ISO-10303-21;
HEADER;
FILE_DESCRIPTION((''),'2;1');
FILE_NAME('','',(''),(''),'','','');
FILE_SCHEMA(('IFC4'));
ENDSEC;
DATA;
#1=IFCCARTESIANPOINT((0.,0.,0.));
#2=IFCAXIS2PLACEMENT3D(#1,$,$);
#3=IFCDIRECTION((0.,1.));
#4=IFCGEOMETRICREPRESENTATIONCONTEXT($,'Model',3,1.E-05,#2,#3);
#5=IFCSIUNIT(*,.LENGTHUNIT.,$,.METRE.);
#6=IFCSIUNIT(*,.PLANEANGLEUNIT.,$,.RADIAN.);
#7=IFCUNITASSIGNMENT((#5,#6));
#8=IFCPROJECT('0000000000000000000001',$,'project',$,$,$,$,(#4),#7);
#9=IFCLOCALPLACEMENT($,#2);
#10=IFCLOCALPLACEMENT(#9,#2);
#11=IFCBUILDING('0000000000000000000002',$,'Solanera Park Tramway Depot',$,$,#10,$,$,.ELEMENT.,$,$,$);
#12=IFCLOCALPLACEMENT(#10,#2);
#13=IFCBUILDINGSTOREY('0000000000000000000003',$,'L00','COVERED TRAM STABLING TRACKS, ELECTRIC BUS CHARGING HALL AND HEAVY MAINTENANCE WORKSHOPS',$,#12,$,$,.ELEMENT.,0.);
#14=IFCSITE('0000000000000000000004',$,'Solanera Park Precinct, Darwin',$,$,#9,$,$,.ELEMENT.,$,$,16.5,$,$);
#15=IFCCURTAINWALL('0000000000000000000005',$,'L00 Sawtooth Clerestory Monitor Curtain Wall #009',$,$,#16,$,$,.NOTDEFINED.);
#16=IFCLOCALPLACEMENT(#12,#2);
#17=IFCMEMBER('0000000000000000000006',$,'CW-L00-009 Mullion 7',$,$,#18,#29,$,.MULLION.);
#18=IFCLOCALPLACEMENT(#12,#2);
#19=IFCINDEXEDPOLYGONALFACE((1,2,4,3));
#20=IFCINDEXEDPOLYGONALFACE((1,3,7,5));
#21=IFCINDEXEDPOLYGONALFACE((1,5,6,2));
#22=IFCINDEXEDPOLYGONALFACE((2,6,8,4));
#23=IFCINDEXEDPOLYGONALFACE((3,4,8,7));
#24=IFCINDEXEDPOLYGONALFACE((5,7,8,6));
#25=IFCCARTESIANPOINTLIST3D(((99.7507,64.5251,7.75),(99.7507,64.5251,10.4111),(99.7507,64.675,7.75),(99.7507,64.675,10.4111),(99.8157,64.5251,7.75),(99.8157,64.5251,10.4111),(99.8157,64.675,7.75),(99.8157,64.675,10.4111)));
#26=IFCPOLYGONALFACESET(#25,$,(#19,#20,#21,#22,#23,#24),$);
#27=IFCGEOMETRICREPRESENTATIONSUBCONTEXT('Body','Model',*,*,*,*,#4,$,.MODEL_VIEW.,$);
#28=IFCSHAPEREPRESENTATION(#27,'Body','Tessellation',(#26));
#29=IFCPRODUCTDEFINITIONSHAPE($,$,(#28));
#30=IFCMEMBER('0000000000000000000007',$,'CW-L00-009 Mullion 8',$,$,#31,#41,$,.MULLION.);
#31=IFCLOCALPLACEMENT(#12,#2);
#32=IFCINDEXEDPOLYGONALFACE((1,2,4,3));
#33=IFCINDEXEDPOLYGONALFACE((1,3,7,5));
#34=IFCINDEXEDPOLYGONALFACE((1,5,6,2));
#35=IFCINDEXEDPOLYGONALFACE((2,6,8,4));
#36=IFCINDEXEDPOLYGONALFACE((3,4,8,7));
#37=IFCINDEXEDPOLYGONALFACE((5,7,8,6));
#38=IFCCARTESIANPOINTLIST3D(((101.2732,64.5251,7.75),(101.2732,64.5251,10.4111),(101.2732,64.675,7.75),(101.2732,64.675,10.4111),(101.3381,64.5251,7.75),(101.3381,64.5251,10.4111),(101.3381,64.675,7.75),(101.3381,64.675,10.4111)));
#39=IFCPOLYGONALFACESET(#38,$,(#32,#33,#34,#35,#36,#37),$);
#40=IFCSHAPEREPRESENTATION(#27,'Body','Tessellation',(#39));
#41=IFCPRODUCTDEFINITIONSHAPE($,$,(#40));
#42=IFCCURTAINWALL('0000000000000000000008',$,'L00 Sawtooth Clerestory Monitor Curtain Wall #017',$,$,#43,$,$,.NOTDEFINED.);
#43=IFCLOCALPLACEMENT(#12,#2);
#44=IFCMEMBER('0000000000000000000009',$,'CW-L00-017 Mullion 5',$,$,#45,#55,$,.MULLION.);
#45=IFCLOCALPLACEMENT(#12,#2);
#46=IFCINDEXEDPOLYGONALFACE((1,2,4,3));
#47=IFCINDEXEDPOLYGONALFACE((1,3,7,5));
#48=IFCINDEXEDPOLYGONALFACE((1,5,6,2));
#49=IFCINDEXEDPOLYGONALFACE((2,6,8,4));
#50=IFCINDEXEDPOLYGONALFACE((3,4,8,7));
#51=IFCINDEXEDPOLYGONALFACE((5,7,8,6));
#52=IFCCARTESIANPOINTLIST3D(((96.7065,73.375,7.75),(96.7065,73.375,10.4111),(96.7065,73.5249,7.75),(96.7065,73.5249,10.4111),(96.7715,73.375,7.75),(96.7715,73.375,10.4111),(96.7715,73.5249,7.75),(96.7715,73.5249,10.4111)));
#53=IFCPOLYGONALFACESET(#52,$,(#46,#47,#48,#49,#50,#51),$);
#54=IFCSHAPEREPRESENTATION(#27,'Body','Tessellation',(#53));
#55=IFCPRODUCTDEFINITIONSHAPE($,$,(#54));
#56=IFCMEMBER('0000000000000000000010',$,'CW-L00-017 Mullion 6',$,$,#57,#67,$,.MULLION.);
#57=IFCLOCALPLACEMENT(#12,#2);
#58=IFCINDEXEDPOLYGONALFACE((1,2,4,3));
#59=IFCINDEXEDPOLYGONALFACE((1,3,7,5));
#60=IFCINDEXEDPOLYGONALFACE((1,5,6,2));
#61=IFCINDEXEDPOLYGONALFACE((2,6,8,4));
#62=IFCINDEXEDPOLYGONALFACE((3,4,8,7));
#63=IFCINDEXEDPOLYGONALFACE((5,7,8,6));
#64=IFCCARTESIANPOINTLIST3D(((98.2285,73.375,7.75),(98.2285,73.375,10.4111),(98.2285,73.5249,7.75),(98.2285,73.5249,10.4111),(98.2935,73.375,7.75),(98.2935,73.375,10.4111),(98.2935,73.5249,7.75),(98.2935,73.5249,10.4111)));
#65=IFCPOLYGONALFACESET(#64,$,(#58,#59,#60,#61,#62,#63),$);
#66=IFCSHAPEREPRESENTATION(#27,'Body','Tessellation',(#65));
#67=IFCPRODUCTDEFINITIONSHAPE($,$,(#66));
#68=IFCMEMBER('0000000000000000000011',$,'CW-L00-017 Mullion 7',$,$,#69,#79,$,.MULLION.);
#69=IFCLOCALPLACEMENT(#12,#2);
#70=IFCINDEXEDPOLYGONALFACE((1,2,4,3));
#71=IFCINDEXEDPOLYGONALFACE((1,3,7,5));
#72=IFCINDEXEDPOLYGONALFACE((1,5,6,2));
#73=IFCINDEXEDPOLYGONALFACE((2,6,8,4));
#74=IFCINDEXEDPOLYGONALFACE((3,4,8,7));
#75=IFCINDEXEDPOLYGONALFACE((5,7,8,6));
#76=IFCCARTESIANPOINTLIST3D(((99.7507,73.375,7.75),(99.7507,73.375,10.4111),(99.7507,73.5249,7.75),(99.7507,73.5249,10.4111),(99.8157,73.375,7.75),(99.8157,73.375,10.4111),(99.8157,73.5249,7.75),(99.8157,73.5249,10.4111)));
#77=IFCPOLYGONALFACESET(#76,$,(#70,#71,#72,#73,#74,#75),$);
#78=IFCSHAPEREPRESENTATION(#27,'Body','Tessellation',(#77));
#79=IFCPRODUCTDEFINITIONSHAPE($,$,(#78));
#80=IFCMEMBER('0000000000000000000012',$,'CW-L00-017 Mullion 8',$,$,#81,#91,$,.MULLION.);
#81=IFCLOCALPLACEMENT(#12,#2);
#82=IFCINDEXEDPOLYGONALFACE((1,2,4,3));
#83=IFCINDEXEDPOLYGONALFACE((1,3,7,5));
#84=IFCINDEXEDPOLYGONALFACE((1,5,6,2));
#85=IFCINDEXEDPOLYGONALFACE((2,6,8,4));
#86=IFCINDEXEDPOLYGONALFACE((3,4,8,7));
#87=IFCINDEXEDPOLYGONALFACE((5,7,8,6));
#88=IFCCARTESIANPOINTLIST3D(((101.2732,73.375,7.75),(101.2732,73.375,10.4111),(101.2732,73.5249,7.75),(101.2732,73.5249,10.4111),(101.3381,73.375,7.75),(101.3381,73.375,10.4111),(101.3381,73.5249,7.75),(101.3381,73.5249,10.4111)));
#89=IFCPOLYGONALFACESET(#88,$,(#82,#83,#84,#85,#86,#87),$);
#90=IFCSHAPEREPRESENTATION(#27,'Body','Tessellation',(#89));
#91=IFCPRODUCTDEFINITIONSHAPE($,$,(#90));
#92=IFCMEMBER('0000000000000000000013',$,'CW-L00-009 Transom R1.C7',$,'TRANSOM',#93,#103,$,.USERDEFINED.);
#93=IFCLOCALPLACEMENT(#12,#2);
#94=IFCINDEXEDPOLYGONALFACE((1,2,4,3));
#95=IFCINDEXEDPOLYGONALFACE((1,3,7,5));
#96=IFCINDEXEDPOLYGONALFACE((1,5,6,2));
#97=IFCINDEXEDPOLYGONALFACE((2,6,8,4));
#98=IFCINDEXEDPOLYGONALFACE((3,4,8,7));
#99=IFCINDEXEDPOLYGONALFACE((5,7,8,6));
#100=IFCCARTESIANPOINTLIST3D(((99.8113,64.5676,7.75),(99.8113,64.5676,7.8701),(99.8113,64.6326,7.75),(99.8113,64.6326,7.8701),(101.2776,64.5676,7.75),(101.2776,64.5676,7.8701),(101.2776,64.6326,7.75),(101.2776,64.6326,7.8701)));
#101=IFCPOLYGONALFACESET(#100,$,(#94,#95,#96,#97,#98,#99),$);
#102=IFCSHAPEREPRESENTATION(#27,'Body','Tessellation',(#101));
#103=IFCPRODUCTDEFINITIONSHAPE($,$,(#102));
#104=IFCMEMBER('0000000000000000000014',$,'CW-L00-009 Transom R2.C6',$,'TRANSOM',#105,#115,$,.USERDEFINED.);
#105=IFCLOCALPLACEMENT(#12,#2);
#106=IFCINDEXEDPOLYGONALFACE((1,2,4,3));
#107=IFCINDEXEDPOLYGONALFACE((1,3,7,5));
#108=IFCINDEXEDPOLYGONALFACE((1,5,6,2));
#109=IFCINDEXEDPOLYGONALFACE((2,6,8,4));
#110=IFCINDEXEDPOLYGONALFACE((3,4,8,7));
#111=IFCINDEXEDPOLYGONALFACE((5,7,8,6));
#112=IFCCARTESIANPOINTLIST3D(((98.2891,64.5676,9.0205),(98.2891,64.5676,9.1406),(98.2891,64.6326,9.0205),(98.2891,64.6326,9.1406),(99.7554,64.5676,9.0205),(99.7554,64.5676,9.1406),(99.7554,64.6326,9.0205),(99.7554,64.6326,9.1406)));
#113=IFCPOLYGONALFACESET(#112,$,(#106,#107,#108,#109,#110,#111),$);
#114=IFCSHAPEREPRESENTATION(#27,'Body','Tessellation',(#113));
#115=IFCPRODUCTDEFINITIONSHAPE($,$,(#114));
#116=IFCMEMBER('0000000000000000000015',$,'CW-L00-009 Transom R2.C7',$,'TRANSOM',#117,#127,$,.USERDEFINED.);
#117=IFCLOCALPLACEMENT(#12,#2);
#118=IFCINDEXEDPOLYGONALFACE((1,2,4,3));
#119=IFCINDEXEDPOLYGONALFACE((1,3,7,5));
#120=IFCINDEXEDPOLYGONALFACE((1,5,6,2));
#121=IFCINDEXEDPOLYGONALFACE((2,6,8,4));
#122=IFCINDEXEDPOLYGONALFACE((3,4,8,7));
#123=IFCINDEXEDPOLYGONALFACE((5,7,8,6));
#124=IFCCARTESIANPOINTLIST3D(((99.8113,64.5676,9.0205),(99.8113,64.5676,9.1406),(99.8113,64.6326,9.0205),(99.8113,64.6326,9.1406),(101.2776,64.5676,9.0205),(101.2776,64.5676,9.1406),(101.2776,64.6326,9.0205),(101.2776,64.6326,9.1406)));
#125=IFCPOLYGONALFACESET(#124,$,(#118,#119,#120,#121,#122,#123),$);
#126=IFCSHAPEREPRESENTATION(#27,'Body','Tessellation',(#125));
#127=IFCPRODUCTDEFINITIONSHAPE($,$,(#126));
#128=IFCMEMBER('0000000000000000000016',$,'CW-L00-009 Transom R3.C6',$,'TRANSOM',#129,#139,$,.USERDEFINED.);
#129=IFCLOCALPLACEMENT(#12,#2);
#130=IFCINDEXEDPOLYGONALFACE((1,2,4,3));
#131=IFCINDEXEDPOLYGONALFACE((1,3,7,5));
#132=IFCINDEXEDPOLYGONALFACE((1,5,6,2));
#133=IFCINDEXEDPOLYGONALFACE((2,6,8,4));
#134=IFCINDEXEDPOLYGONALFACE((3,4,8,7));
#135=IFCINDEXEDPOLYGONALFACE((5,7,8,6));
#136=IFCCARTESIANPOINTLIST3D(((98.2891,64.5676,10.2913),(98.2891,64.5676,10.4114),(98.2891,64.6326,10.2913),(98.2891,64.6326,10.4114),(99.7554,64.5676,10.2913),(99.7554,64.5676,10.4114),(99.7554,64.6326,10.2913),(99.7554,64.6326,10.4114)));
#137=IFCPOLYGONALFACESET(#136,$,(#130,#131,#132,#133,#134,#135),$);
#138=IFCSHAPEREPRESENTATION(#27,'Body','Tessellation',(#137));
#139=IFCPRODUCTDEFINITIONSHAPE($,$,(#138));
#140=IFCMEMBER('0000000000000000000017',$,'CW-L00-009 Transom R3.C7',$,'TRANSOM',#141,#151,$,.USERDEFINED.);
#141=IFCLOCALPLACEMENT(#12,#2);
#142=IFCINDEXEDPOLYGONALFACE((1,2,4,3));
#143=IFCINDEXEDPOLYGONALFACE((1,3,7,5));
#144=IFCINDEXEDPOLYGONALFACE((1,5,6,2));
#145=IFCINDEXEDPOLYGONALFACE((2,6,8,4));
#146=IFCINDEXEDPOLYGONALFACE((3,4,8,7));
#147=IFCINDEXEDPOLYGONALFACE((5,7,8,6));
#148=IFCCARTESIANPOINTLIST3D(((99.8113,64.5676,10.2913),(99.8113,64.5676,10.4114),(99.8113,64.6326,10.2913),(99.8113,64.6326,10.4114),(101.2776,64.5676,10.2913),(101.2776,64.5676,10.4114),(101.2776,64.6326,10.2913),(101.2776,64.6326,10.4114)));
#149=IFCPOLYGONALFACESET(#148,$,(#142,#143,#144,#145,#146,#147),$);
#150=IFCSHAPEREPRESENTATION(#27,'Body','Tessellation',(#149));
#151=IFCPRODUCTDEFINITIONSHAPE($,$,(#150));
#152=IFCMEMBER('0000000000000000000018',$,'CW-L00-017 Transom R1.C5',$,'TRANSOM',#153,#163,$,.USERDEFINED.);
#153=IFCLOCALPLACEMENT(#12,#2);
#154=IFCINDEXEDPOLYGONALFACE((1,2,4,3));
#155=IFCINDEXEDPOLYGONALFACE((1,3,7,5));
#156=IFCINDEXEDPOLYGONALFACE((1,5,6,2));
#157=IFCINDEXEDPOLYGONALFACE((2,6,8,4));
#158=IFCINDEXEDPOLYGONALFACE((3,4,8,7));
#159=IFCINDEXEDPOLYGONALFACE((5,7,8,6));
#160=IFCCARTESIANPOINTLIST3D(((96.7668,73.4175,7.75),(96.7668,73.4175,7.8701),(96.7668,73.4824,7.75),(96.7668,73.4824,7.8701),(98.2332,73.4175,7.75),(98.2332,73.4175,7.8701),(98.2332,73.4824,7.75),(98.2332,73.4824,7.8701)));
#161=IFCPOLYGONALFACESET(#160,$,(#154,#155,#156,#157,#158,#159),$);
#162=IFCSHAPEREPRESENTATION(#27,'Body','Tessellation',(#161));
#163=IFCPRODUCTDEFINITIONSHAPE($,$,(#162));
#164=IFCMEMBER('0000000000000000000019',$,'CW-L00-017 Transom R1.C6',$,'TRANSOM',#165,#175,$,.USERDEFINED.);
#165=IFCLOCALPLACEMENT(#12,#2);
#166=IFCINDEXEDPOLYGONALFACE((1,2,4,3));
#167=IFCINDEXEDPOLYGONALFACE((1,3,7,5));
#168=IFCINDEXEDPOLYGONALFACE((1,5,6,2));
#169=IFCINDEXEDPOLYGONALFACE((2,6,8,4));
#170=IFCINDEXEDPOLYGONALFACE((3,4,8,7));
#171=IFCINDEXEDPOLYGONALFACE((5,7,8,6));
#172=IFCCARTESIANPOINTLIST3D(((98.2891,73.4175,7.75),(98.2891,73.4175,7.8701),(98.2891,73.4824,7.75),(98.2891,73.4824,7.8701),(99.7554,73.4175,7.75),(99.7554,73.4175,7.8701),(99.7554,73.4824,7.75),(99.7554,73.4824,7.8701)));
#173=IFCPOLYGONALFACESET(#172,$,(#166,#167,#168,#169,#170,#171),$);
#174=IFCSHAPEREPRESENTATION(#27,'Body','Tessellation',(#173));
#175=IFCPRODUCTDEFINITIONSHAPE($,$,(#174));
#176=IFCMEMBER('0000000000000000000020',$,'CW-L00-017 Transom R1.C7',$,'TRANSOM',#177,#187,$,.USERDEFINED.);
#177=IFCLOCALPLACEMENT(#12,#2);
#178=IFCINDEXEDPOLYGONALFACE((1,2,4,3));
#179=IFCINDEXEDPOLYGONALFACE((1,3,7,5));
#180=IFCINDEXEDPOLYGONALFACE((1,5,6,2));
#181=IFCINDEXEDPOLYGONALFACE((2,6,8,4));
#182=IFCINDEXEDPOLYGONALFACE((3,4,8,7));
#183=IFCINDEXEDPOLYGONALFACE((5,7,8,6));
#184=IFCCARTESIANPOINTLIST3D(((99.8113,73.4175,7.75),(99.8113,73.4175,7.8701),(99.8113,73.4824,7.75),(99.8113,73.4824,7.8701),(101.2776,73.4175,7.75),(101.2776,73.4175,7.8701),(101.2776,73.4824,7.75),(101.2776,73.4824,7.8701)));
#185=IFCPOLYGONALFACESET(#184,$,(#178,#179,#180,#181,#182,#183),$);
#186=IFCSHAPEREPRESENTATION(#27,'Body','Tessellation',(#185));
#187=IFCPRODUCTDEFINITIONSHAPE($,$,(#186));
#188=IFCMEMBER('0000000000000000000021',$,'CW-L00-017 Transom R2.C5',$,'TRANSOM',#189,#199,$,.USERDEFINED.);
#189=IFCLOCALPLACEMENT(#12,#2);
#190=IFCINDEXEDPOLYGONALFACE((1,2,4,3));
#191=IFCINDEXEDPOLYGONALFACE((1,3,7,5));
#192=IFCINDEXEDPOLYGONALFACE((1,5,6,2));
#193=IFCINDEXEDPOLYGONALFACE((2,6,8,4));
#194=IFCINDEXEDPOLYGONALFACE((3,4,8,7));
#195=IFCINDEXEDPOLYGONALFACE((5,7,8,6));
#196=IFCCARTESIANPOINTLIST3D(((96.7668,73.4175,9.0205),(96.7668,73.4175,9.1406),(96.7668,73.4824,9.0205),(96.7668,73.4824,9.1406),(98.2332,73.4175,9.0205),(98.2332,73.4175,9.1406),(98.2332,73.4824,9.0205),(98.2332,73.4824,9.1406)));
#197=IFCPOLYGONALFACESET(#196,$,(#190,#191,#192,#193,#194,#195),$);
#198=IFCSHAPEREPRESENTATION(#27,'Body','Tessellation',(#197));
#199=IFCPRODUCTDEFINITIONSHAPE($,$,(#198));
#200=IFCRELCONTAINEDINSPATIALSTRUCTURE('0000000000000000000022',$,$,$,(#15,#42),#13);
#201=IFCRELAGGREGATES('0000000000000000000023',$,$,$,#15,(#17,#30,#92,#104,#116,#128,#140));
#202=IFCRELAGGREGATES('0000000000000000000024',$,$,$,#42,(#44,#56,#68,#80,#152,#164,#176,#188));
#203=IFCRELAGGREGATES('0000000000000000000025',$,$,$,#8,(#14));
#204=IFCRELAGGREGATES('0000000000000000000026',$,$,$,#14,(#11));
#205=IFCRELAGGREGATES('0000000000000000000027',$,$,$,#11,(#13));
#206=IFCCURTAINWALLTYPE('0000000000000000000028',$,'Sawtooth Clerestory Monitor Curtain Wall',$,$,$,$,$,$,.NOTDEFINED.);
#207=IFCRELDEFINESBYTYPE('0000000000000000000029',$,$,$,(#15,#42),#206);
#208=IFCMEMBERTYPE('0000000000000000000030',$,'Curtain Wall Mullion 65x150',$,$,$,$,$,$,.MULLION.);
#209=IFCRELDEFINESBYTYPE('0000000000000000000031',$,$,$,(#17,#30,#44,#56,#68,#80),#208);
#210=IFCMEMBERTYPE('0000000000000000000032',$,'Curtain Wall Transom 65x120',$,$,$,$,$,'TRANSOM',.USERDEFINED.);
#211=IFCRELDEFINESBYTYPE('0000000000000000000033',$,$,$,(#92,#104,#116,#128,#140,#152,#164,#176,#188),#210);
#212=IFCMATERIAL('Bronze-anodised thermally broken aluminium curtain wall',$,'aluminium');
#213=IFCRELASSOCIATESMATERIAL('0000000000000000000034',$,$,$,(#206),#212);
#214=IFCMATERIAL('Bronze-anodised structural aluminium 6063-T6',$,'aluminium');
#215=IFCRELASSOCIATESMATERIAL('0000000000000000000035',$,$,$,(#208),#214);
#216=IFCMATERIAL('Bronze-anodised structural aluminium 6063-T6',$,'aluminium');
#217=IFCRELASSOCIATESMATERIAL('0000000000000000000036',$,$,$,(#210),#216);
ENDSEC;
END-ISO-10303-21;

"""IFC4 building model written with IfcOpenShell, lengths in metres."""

from ifc_helpers import new_model, si_unit, direction, frame, origin, origin_2d, place, context, subcontext, project, spatial, rectangle, extrude, material, material_profile, profile_set, type_object, element, aggregate, save


model = new_model("IFC4")

# Units and contexts
model_context = context("Model", 3, precision=1e-05, world=origin(), true_north=direction((0.0, 1.0)))
body_context = subcontext(model_context, "Body", "Model", "MODEL_VIEW")
ifc_project = project(units=[si_unit("LENGTHUNIT", "METRE"), si_unit("PLANEANGLEUNIT", "RADIAN")], contexts=[model_context])

# Site, building, storey
site_placement = place(None, origin())
site = spatial("IfcSite", under=ifc_project, at=site_placement, Name="Solanera Park Precinct, Darwin", CompositionType="ELEMENT", RefElevation=16.5)
building_placement = place(site_placement, origin())
building = spatial("IfcBuilding", under=site, at=building_placement, Name="Solanera Park Tramway Depot", CompositionType="ELEMENT")
storey_placement = place(building_placement, origin())
storey = spatial("IfcBuildingStorey", under=building, at=storey_placement, Name="L00", Description="COVERED TRAM STABLING TRACKS, ELECTRIC BUS CHARGING HALL AND HEAVY MAINTENANCE WORKSHOPS", CompositionType="ELEMENT", Elevation=0.0)

# Curtain walls, members
ifc_material_1 = material(Name="Bronze-anodised thermally broken aluminium curtain wall", Category="aluminium")
curtain_wall_type = type_object("IfcCurtainWallType", Name="Sawtooth Clerestory Monitor Curtain Wall", PredefinedType="NOTDEFINED", material=ifc_material_1)
curtain_wall_1_placement = place(storey_placement, origin())
curtain_wall_1 = element("IfcCurtainWall", 1, at=curtain_wall_1_placement, inside=storey, type_object=curtain_wall_type, Name="L00 Sawtooth Clerestory Monitor Curtain Wall #009", PredefinedType="NOTDEFINED")
ifc_material_2 = material(Name="Bronze-anodised structural aluminium 6063-T6", Category="aluminium")
ifc_material_profile_1 = material_profile(ifc_material_2, rectangle(XDim=0.0649, YDim=0.1499, at=origin_2d()), Name="Curtain Wall Mullion 65x150")
ifc_profile_set_1 = profile_set([ifc_material_profile_1], Name="Bronze-anodised structural aluminium 6063-T6")
member_type_1 = type_object("IfcMemberType", Name="Curtain Wall Mullion 65x150", PredefinedType="MULLION", material=ifc_profile_set_1)
member_1_placement = place(storey_placement, frame((99.7832, 64.6001, 7.75), z_axis=(0.0, 0.0, 1.0), x_axis=(1.0, 0.0, 0.0)))
member_1 = element("IfcMember", 2, at=member_1_placement, type_object=member_type_1, Name="CW-L00-009 Mullion 7", PredefinedType="MULLION", context=body_context, shape_type="SweptSolid", body=[
    extrude(rectangle(XDim=0.0649, YDim=0.1499, at=origin_2d()), origin(), (0.0, 0.0, 1.0), 2.6611),
])
member_2_placement = place(storey_placement, frame((101.3057, 64.6001, 7.75), z_axis=(0.0, 0.0, 1.0), x_axis=(1.0, 0.0, 0.0)))
member_2 = element("IfcMember", 3, at=member_2_placement, type_object=member_type_1, Name="CW-L00-009 Mullion 8", PredefinedType="MULLION", context=body_context, shape_type="SweptSolid", body=[
    extrude(rectangle(XDim=0.0649, YDim=0.1499, at=origin_2d()), origin(), (0.0, 0.0, 1.0), 2.6611),
])
curtain_wall_2_placement = place(storey_placement, origin())
curtain_wall_2 = element("IfcCurtainWall", 4, at=curtain_wall_2_placement, inside=storey, type_object=curtain_wall_type, Name="L00 Sawtooth Clerestory Monitor Curtain Wall #017", PredefinedType="NOTDEFINED")
member_3_placement = place(storey_placement, frame((96.739, 73.45, 7.75), z_axis=(0.0, 0.0, 1.0), x_axis=(1.0, 0.0, 0.0)))
member_3 = element("IfcMember", 5, at=member_3_placement, type_object=member_type_1, Name="CW-L00-017 Mullion 5", PredefinedType="MULLION", context=body_context, shape_type="SweptSolid", body=[
    extrude(rectangle(XDim=0.0649, YDim=0.1499, at=origin_2d()), origin(), (0.0, 0.0, 1.0), 2.6611),
])
member_4_placement = place(storey_placement, frame((98.261, 73.45, 7.75), z_axis=(0.0, 0.0, 1.0), x_axis=(1.0, 0.0, 0.0)))
member_4 = element("IfcMember", 6, at=member_4_placement, type_object=member_type_1, Name="CW-L00-017 Mullion 6", PredefinedType="MULLION", context=body_context, shape_type="SweptSolid", body=[
    extrude(rectangle(XDim=0.0649, YDim=0.1499, at=origin_2d()), origin(), (0.0, 0.0, 1.0), 2.6611),
])
member_5_placement = place(storey_placement, frame((99.7832, 73.45, 7.75), z_axis=(0.0, 0.0, 1.0), x_axis=(1.0, 0.0, 0.0)))
member_5 = element("IfcMember", 7, at=member_5_placement, type_object=member_type_1, Name="CW-L00-017 Mullion 7", PredefinedType="MULLION", context=body_context, shape_type="SweptSolid", body=[
    extrude(rectangle(XDim=0.0649, YDim=0.1499, at=origin_2d()), origin(), (0.0, 0.0, 1.0), 2.6611),
])
member_6_placement = place(storey_placement, frame((101.3057, 73.45, 7.75), z_axis=(0.0, 0.0, 1.0), x_axis=(1.0, 0.0, 0.0)))
member_6 = element("IfcMember", 8, at=member_6_placement, type_object=member_type_1, Name="CW-L00-017 Mullion 8", PredefinedType="MULLION", context=body_context, shape_type="SweptSolid", body=[
    extrude(rectangle(XDim=0.0649, YDim=0.1499, at=origin_2d()), origin(), (0.0, 0.0, 1.0), 2.6611),
])

# Members
ifc_material_3 = material(Name="Bronze-anodised structural aluminium 6063-T6", Category="aluminium")
ifc_material_profile_2 = material_profile(ifc_material_3, rectangle(XDim=0.0649, YDim=0.1201, at=origin_2d()), Name="Curtain Wall Transom 65x120")
ifc_profile_set_2 = profile_set([ifc_material_profile_2], Name="Bronze-anodised structural aluminium 6063-T6")
member_type_2 = type_object("IfcMemberType", Name="Curtain Wall Transom 65x120", ElementType="TRANSOM", PredefinedType="USERDEFINED", material=ifc_profile_set_2)
member_7_placement = place(storey_placement, frame((99.8113, 64.6001, 7.8101), z_axis=(1.0, 0.0, 0.0), x_axis=(0.0, 1.0, 0.0)))
member_7 = element("IfcMember", 9, at=member_7_placement, type_object=member_type_2, Name="CW-L00-009 Transom R1.C7", ObjectType="TRANSOM", PredefinedType="USERDEFINED", context=body_context, shape_type="SweptSolid", body=[
    extrude(rectangle(XDim=0.0649, YDim=0.1201, at=origin_2d()), origin(), (0.0, 0.0, 1.0), 1.4663),
])
member_8_placement = place(storey_placement, frame((98.2891, 64.6001, 9.0806), z_axis=(1.0, 0.0, 0.0), x_axis=(0.0, 1.0, 0.0)))
member_8 = element("IfcMember", 10, at=member_8_placement, type_object=member_type_2, Name="CW-L00-009 Transom R2.C6", ObjectType="TRANSOM", PredefinedType="USERDEFINED", context=body_context, shape_type="SweptSolid", body=[
    extrude(rectangle(XDim=0.0649, YDim=0.1201, at=origin_2d()), origin(), (0.0, 0.0, 1.0), 1.4663),
])
member_9_placement = place(storey_placement, frame((99.8113, 64.6001, 9.0806), z_axis=(1.0, 0.0, 0.0), x_axis=(0.0, 1.0, 0.0)))
member_9 = element("IfcMember", 11, at=member_9_placement, type_object=member_type_2, Name="CW-L00-009 Transom R2.C7", ObjectType="TRANSOM", PredefinedType="USERDEFINED", context=body_context, shape_type="SweptSolid", body=[
    extrude(rectangle(XDim=0.0649, YDim=0.1201, at=origin_2d()), origin(), (0.0, 0.0, 1.0), 1.4663),
])
member_10_placement = place(storey_placement, frame((98.2891, 64.6001, 10.3513), z_axis=(1.0, 0.0, 0.0), x_axis=(0.0, 1.0, 0.0)))
member_10 = element("IfcMember", 12, at=member_10_placement, type_object=member_type_2, Name="CW-L00-009 Transom R3.C6", ObjectType="TRANSOM", PredefinedType="USERDEFINED", context=body_context, shape_type="SweptSolid", body=[
    extrude(rectangle(XDim=0.0649, YDim=0.1201, at=origin_2d()), origin(), (0.0, 0.0, 1.0), 1.4663),
])
member_11_placement = place(storey_placement, frame((99.8113, 64.6001, 10.3513), z_axis=(1.0, 0.0, 0.0), x_axis=(0.0, 1.0, 0.0)))
member_11 = element("IfcMember", 13, at=member_11_placement, type_object=member_type_2, Name="CW-L00-009 Transom R3.C7", ObjectType="TRANSOM", PredefinedType="USERDEFINED", context=body_context, shape_type="SweptSolid", body=[
    extrude(rectangle(XDim=0.0649, YDim=0.1201, at=origin_2d()), origin(), (0.0, 0.0, 1.0), 1.4663),
])
member_12_placement = place(storey_placement, frame((96.7668, 73.45, 7.8101), z_axis=(1.0, 0.0, 0.0), x_axis=(0.0, 1.0, 0.0)))
member_12 = element("IfcMember", 14, at=member_12_placement, type_object=member_type_2, Name="CW-L00-017 Transom R1.C5", ObjectType="TRANSOM", PredefinedType="USERDEFINED", context=body_context, shape_type="SweptSolid", body=[
    extrude(rectangle(XDim=0.0649, YDim=0.1201, at=origin_2d()), origin(), (0.0, 0.0, 1.0), 1.4663),
])
member_13_placement = place(storey_placement, frame((98.2891, 73.45, 7.8101), z_axis=(1.0, 0.0, 0.0), x_axis=(0.0, 1.0, 0.0)))
member_13 = element("IfcMember", 15, at=member_13_placement, type_object=member_type_2, Name="CW-L00-017 Transom R1.C6", ObjectType="TRANSOM", PredefinedType="USERDEFINED", context=body_context, shape_type="SweptSolid", body=[
    extrude(rectangle(XDim=0.0649, YDim=0.1201, at=origin_2d()), origin(), (0.0, 0.0, 1.0), 1.4663),
])
member_14_placement = place(storey_placement, frame((99.8113, 73.45, 7.8101), z_axis=(1.0, 0.0, 0.0), x_axis=(0.0, 1.0, 0.0)))
member_14 = element("IfcMember", 16, at=member_14_placement, type_object=member_type_2, Name="CW-L00-017 Transom R1.C7", ObjectType="TRANSOM", PredefinedType="USERDEFINED", context=body_context, shape_type="SweptSolid", body=[
    extrude(rectangle(XDim=0.0649, YDim=0.1201, at=origin_2d()), origin(), (0.0, 0.0, 1.0), 1.4663),
])
member_15_placement = place(storey_placement, frame((96.7668, 73.45, 9.0806), z_axis=(1.0, 0.0, 0.0), x_axis=(0.0, 1.0, 0.0)))
member_15 = element("IfcMember", 17, at=member_15_placement, type_object=member_type_2, Name="CW-L00-017 Transom R2.C5", ObjectType="TRANSOM", PredefinedType="USERDEFINED", context=body_context, shape_type="SweptSolid", body=[
    extrude(rectangle(XDim=0.0649, YDim=0.1201, at=origin_2d()), origin(), (0.0, 0.0, 1.0), 1.4663),
])

aggregate(curtain_wall_1, [member_1, member_2, member_7, member_8, member_9, member_10, member_11])
aggregate(curtain_wall_2, [member_3, member_4, member_5, member_6, member_12, member_13, member_14, member_15])

save(model, "model.ifc")
